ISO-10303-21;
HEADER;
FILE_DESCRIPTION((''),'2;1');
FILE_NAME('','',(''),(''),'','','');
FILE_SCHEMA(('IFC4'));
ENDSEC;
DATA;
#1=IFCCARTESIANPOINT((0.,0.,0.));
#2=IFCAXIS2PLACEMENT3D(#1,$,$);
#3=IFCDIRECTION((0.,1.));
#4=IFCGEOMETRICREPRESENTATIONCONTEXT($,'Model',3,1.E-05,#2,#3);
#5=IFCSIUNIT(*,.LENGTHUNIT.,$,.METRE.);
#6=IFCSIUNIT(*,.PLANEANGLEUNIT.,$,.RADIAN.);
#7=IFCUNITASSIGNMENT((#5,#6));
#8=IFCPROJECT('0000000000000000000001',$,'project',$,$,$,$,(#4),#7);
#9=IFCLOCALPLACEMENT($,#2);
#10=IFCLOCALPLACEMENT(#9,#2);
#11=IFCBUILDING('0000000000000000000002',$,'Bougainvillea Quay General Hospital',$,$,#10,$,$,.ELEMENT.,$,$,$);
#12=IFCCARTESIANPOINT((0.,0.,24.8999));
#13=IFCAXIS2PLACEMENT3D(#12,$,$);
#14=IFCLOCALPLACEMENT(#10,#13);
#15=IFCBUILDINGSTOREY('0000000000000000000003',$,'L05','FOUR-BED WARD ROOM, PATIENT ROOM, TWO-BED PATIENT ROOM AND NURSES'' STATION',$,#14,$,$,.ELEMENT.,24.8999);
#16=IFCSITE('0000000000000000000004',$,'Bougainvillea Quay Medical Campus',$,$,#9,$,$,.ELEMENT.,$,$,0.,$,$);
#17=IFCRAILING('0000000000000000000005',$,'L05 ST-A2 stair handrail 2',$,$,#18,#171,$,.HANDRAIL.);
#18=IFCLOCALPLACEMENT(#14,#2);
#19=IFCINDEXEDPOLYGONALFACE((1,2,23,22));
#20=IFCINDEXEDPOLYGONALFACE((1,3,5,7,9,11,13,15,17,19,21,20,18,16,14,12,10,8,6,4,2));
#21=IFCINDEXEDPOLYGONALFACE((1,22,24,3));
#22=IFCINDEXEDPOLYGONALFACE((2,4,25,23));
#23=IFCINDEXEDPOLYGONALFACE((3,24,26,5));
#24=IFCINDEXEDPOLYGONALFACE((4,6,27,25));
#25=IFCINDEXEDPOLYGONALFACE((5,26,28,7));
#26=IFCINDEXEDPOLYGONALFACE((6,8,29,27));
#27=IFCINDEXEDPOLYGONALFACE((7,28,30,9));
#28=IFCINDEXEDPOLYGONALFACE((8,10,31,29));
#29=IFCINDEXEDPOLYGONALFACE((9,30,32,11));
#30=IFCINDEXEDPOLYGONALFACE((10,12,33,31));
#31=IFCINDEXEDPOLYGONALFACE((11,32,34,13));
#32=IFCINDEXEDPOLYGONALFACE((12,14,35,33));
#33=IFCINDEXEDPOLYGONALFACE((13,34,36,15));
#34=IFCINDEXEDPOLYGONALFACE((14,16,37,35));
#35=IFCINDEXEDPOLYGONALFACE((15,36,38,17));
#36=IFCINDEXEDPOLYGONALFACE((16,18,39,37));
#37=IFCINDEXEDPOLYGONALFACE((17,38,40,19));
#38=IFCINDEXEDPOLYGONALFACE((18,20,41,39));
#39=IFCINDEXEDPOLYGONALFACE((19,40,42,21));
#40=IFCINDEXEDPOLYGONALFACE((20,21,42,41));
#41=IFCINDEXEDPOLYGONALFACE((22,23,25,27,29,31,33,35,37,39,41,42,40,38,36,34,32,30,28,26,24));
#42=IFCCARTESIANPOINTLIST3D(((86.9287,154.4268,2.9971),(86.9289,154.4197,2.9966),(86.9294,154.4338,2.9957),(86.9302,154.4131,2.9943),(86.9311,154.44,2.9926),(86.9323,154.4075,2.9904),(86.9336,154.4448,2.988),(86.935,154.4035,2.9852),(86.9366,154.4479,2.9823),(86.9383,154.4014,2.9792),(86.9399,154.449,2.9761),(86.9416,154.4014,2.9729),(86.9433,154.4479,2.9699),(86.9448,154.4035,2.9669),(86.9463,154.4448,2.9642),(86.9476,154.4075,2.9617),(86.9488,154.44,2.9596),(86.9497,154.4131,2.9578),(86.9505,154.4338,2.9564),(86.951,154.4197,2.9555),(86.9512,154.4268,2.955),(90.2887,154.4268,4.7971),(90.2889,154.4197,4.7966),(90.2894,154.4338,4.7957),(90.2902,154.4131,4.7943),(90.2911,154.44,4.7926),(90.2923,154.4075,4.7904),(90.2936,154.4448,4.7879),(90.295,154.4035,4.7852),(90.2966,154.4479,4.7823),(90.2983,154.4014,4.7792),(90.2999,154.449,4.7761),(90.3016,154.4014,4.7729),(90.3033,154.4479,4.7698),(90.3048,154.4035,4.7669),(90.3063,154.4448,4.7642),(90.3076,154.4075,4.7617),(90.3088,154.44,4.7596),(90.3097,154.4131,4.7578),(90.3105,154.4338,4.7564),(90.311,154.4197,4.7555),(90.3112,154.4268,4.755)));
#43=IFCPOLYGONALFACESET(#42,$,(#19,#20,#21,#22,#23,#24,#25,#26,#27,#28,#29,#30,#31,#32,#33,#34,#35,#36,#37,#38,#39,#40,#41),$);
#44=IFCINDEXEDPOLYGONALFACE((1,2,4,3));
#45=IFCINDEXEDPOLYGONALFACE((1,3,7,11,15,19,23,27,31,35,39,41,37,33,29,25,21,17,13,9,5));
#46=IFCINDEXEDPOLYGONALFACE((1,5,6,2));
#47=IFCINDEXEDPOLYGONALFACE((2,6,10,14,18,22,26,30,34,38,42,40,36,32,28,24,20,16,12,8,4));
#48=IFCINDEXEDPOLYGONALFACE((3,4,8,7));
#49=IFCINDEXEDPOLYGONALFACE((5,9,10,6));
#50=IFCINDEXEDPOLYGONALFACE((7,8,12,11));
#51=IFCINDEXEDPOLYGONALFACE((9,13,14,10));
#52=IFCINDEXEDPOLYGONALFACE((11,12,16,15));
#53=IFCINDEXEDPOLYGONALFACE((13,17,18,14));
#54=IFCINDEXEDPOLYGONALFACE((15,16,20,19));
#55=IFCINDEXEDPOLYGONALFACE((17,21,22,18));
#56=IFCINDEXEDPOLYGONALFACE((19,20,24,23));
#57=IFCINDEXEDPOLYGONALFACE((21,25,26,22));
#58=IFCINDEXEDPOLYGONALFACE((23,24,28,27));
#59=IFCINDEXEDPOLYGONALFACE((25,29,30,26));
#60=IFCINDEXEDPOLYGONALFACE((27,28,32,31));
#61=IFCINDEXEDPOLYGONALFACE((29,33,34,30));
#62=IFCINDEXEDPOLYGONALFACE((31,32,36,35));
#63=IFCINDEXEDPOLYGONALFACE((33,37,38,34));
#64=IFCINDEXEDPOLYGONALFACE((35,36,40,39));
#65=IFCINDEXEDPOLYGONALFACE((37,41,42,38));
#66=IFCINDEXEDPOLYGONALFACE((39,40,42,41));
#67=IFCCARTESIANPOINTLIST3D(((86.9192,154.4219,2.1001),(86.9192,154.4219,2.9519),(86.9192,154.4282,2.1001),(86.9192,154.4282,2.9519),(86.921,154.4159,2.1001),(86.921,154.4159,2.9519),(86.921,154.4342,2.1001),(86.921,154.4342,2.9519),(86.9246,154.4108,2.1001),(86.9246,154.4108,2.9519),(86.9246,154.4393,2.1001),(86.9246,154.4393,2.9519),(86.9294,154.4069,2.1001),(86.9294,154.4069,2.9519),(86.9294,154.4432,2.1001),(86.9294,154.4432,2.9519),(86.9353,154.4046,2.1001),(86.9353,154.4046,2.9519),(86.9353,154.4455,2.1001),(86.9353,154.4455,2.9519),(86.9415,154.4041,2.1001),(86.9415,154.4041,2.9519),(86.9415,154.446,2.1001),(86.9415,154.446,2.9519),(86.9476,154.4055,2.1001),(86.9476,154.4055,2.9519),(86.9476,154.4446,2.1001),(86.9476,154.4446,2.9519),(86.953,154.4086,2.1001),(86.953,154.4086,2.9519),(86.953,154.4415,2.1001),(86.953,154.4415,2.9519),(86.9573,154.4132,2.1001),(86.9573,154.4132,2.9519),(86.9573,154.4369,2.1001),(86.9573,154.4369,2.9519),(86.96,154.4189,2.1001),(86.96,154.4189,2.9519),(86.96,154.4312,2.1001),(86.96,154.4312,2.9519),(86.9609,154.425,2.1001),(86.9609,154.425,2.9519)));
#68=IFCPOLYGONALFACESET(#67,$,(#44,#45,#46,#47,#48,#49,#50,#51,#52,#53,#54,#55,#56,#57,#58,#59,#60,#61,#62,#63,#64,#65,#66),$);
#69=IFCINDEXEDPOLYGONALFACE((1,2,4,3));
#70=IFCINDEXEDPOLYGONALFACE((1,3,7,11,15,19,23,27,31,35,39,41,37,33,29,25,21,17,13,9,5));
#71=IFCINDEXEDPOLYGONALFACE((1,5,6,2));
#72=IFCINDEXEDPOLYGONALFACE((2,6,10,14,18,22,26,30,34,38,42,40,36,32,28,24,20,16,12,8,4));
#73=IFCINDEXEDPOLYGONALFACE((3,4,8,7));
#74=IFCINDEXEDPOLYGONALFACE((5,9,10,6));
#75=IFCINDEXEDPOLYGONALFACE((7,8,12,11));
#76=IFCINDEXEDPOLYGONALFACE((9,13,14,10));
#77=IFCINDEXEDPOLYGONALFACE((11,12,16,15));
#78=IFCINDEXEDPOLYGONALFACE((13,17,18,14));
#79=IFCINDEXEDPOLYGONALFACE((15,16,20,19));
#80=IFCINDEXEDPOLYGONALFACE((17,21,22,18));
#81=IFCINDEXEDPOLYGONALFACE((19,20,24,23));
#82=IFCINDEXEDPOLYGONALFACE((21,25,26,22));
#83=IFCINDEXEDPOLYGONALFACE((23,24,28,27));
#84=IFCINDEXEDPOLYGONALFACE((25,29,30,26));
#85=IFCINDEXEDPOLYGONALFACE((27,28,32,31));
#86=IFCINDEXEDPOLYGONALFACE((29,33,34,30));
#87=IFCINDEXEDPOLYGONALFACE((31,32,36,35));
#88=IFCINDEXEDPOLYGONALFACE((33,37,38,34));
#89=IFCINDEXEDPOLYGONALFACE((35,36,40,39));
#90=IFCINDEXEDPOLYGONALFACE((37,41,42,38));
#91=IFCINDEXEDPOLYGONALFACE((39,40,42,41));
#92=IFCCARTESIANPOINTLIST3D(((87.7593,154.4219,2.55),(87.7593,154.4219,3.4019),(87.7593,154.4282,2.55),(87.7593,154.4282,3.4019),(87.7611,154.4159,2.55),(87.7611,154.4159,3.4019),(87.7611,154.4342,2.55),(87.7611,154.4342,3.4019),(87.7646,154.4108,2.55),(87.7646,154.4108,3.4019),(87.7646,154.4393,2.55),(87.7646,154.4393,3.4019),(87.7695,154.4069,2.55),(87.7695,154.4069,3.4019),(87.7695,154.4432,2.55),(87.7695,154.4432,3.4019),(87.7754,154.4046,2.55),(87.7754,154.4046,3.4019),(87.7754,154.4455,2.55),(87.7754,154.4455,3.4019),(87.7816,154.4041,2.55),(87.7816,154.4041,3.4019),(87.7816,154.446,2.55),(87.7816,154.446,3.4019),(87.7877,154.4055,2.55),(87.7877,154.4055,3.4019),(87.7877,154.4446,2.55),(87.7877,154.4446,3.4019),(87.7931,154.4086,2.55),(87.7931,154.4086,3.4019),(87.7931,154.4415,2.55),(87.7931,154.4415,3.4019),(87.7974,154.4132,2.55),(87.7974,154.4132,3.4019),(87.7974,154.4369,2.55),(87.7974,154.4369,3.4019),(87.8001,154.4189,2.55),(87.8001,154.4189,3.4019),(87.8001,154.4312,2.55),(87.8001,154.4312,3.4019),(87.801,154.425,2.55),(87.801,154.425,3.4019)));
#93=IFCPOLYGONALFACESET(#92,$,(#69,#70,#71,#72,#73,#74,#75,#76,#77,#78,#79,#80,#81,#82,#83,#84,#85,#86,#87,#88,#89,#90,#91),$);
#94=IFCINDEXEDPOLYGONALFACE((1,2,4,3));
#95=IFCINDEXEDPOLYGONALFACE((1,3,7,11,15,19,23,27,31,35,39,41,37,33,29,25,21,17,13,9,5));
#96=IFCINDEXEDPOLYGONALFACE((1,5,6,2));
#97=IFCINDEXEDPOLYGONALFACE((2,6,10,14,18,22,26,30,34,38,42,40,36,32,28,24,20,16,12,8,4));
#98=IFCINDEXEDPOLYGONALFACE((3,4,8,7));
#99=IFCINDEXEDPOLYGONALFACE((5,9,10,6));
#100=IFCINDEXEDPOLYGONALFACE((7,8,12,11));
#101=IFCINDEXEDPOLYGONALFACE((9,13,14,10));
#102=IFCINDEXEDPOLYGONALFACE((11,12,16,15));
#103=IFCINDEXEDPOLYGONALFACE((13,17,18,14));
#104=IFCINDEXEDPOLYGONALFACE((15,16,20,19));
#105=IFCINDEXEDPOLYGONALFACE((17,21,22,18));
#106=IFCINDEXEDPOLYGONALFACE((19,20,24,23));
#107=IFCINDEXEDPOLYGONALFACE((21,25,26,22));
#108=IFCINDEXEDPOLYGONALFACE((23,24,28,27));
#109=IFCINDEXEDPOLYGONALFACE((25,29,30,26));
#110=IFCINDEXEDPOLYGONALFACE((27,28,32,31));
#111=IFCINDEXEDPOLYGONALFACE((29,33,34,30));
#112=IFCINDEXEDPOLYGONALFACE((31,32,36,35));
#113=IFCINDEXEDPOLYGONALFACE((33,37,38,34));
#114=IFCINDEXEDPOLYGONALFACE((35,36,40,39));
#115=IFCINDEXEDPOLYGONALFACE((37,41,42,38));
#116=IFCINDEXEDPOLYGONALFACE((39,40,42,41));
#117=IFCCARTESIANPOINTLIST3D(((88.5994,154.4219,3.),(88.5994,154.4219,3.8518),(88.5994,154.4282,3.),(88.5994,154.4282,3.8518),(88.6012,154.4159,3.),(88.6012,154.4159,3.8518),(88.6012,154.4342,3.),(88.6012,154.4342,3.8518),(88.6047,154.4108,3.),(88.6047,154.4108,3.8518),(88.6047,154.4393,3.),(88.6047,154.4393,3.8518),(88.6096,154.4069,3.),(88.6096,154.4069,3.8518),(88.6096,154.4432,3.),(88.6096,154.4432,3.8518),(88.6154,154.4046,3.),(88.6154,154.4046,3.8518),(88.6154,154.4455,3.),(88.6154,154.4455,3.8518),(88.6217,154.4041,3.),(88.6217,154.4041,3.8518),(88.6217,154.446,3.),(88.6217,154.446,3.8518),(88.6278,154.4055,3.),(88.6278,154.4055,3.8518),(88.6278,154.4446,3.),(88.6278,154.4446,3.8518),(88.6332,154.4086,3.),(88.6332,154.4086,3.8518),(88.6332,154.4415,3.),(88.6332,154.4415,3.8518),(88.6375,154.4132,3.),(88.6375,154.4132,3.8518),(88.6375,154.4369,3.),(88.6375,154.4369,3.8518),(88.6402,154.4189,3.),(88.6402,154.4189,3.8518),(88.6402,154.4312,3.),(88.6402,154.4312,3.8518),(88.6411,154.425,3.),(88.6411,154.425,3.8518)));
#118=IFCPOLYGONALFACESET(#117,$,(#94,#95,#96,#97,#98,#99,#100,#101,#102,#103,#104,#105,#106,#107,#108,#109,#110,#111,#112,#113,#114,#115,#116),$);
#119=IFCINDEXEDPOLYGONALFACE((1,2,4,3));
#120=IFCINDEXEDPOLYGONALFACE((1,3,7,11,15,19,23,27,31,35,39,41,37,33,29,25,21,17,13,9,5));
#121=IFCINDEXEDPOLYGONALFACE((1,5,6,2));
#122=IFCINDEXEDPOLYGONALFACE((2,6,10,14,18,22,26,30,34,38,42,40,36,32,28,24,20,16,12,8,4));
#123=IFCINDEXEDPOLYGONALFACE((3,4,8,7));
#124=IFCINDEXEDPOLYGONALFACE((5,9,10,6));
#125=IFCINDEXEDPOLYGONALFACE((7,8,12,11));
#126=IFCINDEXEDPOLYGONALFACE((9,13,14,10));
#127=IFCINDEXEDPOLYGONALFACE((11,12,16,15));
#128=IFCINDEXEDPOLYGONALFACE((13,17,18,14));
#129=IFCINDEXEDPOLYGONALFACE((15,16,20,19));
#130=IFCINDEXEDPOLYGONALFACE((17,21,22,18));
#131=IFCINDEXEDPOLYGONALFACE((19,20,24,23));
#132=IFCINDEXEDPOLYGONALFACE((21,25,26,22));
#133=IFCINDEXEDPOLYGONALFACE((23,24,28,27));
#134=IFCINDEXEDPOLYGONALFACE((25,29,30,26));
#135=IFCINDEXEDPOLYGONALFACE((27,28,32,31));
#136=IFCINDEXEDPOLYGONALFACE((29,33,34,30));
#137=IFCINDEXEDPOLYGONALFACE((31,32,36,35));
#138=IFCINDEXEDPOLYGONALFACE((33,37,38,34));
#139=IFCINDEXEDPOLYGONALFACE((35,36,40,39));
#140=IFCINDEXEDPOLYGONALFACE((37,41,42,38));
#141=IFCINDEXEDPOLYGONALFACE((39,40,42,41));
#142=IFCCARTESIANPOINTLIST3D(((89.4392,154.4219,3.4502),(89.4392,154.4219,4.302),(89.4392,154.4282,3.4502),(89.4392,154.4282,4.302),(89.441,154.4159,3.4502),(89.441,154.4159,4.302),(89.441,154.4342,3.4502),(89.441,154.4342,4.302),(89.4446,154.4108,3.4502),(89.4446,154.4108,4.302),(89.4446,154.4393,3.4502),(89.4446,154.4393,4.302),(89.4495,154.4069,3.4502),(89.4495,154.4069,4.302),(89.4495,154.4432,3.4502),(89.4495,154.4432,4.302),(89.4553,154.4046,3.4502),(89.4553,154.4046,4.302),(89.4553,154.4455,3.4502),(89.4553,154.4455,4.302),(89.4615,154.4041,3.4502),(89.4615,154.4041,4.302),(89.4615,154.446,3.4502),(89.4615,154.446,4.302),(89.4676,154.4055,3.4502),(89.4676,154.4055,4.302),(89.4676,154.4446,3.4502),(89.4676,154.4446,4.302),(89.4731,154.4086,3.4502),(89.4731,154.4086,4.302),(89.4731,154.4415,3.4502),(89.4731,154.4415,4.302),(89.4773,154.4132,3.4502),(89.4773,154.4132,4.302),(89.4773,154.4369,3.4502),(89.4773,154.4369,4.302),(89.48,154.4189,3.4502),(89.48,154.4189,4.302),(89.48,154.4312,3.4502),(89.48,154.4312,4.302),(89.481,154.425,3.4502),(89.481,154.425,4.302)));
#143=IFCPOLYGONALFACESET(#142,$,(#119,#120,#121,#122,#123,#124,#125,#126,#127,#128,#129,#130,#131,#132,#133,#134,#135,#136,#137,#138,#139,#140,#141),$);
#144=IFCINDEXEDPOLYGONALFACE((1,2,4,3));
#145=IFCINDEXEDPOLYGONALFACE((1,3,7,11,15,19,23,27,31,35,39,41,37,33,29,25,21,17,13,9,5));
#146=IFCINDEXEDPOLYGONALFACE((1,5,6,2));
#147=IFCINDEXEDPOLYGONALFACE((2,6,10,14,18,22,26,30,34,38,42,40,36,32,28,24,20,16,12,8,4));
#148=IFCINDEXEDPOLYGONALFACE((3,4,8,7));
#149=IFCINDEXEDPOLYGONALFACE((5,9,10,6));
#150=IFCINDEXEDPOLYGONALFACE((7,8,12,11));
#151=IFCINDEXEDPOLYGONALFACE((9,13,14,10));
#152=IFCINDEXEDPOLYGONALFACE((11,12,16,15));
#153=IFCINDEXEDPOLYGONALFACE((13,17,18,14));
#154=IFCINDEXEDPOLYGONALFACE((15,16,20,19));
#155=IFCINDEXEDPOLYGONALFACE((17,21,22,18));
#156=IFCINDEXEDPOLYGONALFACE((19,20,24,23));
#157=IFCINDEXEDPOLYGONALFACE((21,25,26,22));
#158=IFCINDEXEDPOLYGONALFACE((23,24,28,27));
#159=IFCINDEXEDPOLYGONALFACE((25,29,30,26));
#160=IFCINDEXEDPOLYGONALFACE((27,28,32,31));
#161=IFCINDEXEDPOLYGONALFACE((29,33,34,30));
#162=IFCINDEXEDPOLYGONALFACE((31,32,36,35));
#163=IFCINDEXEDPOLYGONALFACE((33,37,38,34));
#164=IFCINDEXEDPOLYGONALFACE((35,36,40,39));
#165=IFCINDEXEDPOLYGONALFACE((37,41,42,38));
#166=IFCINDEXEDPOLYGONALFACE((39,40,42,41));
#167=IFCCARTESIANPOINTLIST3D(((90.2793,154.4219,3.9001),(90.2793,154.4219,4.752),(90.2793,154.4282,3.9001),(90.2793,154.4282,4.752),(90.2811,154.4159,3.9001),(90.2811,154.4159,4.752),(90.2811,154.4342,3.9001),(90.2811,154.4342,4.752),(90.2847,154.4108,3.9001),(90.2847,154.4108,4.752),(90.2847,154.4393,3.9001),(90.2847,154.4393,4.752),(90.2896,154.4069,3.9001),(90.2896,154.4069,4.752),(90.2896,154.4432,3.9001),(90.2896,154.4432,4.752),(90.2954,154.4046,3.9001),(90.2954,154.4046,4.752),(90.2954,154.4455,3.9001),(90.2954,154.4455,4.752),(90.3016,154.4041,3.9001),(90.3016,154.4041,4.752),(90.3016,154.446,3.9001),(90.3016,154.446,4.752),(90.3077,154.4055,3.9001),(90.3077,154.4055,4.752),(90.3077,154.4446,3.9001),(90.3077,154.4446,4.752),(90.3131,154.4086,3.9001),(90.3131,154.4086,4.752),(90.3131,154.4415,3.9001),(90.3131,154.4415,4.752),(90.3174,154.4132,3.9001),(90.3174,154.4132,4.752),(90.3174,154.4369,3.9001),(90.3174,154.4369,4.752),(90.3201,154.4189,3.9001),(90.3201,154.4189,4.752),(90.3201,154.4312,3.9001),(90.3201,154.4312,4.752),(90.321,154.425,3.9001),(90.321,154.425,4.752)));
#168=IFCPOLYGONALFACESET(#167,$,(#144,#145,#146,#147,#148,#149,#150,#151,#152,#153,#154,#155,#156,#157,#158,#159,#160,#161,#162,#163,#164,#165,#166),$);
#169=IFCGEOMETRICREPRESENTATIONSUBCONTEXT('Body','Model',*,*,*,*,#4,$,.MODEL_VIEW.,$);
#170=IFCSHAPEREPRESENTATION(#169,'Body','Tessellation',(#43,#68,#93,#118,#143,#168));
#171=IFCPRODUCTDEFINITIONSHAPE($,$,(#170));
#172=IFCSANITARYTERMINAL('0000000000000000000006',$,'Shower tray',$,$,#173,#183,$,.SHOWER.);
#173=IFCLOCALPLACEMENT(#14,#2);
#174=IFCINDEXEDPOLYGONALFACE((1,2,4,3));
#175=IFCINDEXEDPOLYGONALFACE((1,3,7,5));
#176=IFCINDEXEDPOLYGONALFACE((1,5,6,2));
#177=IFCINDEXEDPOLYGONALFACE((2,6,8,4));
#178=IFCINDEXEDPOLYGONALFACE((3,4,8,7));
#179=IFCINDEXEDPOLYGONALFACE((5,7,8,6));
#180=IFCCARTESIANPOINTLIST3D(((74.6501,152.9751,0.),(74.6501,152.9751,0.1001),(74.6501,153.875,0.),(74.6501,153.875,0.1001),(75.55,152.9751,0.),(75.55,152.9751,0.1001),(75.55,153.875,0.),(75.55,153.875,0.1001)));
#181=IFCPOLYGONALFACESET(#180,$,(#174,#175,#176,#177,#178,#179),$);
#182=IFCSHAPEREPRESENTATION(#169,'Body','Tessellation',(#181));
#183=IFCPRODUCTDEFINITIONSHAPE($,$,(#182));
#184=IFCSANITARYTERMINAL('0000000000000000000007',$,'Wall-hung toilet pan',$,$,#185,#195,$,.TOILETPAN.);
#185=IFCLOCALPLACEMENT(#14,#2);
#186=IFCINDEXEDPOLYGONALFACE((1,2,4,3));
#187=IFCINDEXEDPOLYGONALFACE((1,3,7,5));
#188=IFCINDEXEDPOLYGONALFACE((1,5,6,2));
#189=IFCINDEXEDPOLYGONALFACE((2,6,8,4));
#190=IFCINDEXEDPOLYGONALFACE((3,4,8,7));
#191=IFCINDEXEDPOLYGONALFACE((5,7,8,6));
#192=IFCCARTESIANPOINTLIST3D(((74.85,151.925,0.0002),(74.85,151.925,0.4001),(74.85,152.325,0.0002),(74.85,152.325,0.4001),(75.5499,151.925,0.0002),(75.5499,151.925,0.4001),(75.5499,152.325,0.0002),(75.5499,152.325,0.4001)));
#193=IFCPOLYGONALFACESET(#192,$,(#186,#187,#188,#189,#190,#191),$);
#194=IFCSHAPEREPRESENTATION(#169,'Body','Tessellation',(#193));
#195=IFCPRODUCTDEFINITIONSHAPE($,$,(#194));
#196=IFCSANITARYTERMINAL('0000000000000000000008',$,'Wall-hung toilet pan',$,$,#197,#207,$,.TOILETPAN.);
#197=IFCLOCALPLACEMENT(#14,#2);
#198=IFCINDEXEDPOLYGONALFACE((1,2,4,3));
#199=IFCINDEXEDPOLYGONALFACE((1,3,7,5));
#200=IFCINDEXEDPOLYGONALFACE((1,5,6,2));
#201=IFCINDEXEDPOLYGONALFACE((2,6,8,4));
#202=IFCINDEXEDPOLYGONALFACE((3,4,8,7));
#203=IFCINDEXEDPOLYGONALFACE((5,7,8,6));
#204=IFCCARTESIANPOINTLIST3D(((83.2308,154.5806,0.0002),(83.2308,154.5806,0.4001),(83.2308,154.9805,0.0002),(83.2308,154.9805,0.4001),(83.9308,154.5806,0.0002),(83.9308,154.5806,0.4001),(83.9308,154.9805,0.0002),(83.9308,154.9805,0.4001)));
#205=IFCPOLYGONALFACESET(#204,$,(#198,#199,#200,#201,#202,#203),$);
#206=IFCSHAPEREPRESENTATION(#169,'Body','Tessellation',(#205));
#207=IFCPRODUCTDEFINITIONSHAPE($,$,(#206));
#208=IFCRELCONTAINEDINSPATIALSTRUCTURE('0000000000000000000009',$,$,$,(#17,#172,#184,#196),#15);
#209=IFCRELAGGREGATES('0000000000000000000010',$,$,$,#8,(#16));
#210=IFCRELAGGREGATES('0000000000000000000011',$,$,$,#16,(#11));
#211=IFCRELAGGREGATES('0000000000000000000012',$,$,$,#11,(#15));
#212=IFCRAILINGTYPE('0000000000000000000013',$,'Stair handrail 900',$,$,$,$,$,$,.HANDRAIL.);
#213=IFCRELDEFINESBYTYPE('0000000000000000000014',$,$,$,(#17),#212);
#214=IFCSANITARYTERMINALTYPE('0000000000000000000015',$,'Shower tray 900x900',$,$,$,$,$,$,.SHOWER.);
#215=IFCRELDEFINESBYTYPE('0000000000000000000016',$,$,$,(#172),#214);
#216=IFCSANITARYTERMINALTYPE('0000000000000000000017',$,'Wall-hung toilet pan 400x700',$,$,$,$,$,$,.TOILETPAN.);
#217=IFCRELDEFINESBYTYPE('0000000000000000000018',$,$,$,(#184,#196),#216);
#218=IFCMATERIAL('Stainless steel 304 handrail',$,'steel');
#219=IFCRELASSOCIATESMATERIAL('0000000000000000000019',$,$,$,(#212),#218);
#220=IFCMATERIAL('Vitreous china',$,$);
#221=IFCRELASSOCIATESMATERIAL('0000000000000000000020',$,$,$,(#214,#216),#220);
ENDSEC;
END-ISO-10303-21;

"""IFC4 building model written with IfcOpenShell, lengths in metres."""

from ifc_helpers import new_model, si_unit, direction, frame, origin, origin_2d, place, context, subcontext, project, spatial, rectangle, circle, extrude, material, type_object, element, save


model = new_model("IFC4")

# Units and contexts
model_context = context("Model", 3, precision=1e-05, world=origin(), true_north=direction((0.0, 1.0)))
body_context = subcontext(model_context, "Body", "Model", "MODEL_VIEW")
ifc_project = project(units=[si_unit("LENGTHUNIT", "METRE"), si_unit("PLANEANGLEUNIT", "RADIAN")], contexts=[model_context])

# Site, building, storey
site_placement = place(None, origin())
site = spatial("IfcSite", under=ifc_project, at=site_placement, Name="Bougainvillea Quay Medical Campus", CompositionType="ELEMENT", RefElevation=0.0)
building_placement = place(site_placement, origin())
building = spatial("IfcBuilding", under=site, at=building_placement, Name="Bougainvillea Quay General Hospital", CompositionType="ELEMENT")
storey_placement = place(building_placement, frame((0.0, 0.0, 24.8999)))
storey = spatial("IfcBuildingStorey", under=building, at=storey_placement, Name="L05", Description="FOUR-BED WARD ROOM, PATIENT ROOM, TWO-BED PATIENT ROOM AND NURSES' STATION", CompositionType="ELEMENT", Elevation=24.8999)

# Railing
ifc_material_1 = material(Name="Stainless steel 304 handrail", Category="steel")
railing_type_1 = type_object("IfcRailingType", Name="Stair handrail 900", PredefinedType="HANDRAIL", material=ifc_material_1)
railing_1_placement = place(storey_placement, frame((86.9399, 154.425, 2.1001)))
element("IfcRailing", 1, at=railing_1_placement, inside=storey, type_object=railing_type_1, Name="L05 ST-A2 stair handrail 2", PredefinedType="HANDRAIL", context=body_context, shape_type="SweptSolid", body=[
    extrude(circle(Radius=0.0239, at=origin_2d()), frame((0.0, 0.0, 0.876), z_axis=(0.881481, 0.0, 0.47222), x_axis=(0.0, 1.0, 0.0)), (0.0, 0.0, 1.0), 3.8118),
    extrude(circle(Radius=0.021, at=origin_2d()), origin(), (0.0, 0.0, 1.0), 0.8518),
    extrude(circle(Radius=0.021, at=origin_2d()), frame((0.8401, 0.0, 0.45)), (0.0, 0.0, 1.0), 0.8518),
    extrude(circle(Radius=0.021, at=origin_2d()), frame((1.6802, 0.0, 0.8999)), (0.0, 0.0, 1.0), 0.8518),
    extrude(circle(Radius=0.021, at=origin_2d()), frame((2.52, 0.0, 1.3501)), (0.0, 0.0, 1.0), 0.8518),
    extrude(circle(Radius=0.021, at=origin_2d()), frame((3.3601, 0.0, 1.8)), (0.0, 0.0, 1.0), 0.8518),
])

# Sanitary terminals
ifc_material_2 = material(Name="Vitreous china")
sanitary_terminal_type_1 = type_object("IfcSanitaryTerminalType", Name="Shower tray 900x900", PredefinedType="SHOWER", material=ifc_material_2)
sanitary_terminal_1_placement = place(storey_placement, frame((75.1001, 153.425, 0.0), z_axis=(0.0, 0.0, 1.0), x_axis=(0.0, -1.0, 0.0)))
element("IfcSanitaryTerminal", 2, at=sanitary_terminal_1_placement, inside=storey, type_object=sanitary_terminal_type_1, Name="Shower tray", PredefinedType="SHOWER", context=body_context, shape_type="SweptSolid", body=[
    extrude(rectangle(XDim=0.8999, YDim=0.8999, at=origin_2d()), origin(), (0.0, 0.0, 1.0), 0.1001),
])
sanitary_terminal_type_2 = type_object("IfcSanitaryTerminalType", Name="Wall-hung toilet pan 400x700", PredefinedType="TOILETPAN", material=ifc_material_2)
for number, where, z_axis, x_axis, name in (
    (3, (75.2, 152.125, 0.0002), (0.0, 0.0, 1.0), (0.0, -1.0, 0.0), "Wall-hung toilet pan"),
    (4, (83.5808, 154.7805, 0.0002), (0.0, 0.0, 1.0), (0.0, -1.0, 0.0), "Wall-hung toilet pan"),
):
    element("IfcSanitaryTerminal", number, at=place(storey_placement, frame(where, z_axis=z_axis, x_axis=x_axis)), inside=storey, type_object=sanitary_terminal_type_2, Name=name, PredefinedType="TOILETPAN", context=body_context, shape_type="SweptSolid", body=[
        extrude(rectangle(XDim=0.3999, YDim=0.7, at=origin_2d()), origin(), (0.0, 0.0, 1.0), 0.3999),
    ])

save(model, "model.ifc")
